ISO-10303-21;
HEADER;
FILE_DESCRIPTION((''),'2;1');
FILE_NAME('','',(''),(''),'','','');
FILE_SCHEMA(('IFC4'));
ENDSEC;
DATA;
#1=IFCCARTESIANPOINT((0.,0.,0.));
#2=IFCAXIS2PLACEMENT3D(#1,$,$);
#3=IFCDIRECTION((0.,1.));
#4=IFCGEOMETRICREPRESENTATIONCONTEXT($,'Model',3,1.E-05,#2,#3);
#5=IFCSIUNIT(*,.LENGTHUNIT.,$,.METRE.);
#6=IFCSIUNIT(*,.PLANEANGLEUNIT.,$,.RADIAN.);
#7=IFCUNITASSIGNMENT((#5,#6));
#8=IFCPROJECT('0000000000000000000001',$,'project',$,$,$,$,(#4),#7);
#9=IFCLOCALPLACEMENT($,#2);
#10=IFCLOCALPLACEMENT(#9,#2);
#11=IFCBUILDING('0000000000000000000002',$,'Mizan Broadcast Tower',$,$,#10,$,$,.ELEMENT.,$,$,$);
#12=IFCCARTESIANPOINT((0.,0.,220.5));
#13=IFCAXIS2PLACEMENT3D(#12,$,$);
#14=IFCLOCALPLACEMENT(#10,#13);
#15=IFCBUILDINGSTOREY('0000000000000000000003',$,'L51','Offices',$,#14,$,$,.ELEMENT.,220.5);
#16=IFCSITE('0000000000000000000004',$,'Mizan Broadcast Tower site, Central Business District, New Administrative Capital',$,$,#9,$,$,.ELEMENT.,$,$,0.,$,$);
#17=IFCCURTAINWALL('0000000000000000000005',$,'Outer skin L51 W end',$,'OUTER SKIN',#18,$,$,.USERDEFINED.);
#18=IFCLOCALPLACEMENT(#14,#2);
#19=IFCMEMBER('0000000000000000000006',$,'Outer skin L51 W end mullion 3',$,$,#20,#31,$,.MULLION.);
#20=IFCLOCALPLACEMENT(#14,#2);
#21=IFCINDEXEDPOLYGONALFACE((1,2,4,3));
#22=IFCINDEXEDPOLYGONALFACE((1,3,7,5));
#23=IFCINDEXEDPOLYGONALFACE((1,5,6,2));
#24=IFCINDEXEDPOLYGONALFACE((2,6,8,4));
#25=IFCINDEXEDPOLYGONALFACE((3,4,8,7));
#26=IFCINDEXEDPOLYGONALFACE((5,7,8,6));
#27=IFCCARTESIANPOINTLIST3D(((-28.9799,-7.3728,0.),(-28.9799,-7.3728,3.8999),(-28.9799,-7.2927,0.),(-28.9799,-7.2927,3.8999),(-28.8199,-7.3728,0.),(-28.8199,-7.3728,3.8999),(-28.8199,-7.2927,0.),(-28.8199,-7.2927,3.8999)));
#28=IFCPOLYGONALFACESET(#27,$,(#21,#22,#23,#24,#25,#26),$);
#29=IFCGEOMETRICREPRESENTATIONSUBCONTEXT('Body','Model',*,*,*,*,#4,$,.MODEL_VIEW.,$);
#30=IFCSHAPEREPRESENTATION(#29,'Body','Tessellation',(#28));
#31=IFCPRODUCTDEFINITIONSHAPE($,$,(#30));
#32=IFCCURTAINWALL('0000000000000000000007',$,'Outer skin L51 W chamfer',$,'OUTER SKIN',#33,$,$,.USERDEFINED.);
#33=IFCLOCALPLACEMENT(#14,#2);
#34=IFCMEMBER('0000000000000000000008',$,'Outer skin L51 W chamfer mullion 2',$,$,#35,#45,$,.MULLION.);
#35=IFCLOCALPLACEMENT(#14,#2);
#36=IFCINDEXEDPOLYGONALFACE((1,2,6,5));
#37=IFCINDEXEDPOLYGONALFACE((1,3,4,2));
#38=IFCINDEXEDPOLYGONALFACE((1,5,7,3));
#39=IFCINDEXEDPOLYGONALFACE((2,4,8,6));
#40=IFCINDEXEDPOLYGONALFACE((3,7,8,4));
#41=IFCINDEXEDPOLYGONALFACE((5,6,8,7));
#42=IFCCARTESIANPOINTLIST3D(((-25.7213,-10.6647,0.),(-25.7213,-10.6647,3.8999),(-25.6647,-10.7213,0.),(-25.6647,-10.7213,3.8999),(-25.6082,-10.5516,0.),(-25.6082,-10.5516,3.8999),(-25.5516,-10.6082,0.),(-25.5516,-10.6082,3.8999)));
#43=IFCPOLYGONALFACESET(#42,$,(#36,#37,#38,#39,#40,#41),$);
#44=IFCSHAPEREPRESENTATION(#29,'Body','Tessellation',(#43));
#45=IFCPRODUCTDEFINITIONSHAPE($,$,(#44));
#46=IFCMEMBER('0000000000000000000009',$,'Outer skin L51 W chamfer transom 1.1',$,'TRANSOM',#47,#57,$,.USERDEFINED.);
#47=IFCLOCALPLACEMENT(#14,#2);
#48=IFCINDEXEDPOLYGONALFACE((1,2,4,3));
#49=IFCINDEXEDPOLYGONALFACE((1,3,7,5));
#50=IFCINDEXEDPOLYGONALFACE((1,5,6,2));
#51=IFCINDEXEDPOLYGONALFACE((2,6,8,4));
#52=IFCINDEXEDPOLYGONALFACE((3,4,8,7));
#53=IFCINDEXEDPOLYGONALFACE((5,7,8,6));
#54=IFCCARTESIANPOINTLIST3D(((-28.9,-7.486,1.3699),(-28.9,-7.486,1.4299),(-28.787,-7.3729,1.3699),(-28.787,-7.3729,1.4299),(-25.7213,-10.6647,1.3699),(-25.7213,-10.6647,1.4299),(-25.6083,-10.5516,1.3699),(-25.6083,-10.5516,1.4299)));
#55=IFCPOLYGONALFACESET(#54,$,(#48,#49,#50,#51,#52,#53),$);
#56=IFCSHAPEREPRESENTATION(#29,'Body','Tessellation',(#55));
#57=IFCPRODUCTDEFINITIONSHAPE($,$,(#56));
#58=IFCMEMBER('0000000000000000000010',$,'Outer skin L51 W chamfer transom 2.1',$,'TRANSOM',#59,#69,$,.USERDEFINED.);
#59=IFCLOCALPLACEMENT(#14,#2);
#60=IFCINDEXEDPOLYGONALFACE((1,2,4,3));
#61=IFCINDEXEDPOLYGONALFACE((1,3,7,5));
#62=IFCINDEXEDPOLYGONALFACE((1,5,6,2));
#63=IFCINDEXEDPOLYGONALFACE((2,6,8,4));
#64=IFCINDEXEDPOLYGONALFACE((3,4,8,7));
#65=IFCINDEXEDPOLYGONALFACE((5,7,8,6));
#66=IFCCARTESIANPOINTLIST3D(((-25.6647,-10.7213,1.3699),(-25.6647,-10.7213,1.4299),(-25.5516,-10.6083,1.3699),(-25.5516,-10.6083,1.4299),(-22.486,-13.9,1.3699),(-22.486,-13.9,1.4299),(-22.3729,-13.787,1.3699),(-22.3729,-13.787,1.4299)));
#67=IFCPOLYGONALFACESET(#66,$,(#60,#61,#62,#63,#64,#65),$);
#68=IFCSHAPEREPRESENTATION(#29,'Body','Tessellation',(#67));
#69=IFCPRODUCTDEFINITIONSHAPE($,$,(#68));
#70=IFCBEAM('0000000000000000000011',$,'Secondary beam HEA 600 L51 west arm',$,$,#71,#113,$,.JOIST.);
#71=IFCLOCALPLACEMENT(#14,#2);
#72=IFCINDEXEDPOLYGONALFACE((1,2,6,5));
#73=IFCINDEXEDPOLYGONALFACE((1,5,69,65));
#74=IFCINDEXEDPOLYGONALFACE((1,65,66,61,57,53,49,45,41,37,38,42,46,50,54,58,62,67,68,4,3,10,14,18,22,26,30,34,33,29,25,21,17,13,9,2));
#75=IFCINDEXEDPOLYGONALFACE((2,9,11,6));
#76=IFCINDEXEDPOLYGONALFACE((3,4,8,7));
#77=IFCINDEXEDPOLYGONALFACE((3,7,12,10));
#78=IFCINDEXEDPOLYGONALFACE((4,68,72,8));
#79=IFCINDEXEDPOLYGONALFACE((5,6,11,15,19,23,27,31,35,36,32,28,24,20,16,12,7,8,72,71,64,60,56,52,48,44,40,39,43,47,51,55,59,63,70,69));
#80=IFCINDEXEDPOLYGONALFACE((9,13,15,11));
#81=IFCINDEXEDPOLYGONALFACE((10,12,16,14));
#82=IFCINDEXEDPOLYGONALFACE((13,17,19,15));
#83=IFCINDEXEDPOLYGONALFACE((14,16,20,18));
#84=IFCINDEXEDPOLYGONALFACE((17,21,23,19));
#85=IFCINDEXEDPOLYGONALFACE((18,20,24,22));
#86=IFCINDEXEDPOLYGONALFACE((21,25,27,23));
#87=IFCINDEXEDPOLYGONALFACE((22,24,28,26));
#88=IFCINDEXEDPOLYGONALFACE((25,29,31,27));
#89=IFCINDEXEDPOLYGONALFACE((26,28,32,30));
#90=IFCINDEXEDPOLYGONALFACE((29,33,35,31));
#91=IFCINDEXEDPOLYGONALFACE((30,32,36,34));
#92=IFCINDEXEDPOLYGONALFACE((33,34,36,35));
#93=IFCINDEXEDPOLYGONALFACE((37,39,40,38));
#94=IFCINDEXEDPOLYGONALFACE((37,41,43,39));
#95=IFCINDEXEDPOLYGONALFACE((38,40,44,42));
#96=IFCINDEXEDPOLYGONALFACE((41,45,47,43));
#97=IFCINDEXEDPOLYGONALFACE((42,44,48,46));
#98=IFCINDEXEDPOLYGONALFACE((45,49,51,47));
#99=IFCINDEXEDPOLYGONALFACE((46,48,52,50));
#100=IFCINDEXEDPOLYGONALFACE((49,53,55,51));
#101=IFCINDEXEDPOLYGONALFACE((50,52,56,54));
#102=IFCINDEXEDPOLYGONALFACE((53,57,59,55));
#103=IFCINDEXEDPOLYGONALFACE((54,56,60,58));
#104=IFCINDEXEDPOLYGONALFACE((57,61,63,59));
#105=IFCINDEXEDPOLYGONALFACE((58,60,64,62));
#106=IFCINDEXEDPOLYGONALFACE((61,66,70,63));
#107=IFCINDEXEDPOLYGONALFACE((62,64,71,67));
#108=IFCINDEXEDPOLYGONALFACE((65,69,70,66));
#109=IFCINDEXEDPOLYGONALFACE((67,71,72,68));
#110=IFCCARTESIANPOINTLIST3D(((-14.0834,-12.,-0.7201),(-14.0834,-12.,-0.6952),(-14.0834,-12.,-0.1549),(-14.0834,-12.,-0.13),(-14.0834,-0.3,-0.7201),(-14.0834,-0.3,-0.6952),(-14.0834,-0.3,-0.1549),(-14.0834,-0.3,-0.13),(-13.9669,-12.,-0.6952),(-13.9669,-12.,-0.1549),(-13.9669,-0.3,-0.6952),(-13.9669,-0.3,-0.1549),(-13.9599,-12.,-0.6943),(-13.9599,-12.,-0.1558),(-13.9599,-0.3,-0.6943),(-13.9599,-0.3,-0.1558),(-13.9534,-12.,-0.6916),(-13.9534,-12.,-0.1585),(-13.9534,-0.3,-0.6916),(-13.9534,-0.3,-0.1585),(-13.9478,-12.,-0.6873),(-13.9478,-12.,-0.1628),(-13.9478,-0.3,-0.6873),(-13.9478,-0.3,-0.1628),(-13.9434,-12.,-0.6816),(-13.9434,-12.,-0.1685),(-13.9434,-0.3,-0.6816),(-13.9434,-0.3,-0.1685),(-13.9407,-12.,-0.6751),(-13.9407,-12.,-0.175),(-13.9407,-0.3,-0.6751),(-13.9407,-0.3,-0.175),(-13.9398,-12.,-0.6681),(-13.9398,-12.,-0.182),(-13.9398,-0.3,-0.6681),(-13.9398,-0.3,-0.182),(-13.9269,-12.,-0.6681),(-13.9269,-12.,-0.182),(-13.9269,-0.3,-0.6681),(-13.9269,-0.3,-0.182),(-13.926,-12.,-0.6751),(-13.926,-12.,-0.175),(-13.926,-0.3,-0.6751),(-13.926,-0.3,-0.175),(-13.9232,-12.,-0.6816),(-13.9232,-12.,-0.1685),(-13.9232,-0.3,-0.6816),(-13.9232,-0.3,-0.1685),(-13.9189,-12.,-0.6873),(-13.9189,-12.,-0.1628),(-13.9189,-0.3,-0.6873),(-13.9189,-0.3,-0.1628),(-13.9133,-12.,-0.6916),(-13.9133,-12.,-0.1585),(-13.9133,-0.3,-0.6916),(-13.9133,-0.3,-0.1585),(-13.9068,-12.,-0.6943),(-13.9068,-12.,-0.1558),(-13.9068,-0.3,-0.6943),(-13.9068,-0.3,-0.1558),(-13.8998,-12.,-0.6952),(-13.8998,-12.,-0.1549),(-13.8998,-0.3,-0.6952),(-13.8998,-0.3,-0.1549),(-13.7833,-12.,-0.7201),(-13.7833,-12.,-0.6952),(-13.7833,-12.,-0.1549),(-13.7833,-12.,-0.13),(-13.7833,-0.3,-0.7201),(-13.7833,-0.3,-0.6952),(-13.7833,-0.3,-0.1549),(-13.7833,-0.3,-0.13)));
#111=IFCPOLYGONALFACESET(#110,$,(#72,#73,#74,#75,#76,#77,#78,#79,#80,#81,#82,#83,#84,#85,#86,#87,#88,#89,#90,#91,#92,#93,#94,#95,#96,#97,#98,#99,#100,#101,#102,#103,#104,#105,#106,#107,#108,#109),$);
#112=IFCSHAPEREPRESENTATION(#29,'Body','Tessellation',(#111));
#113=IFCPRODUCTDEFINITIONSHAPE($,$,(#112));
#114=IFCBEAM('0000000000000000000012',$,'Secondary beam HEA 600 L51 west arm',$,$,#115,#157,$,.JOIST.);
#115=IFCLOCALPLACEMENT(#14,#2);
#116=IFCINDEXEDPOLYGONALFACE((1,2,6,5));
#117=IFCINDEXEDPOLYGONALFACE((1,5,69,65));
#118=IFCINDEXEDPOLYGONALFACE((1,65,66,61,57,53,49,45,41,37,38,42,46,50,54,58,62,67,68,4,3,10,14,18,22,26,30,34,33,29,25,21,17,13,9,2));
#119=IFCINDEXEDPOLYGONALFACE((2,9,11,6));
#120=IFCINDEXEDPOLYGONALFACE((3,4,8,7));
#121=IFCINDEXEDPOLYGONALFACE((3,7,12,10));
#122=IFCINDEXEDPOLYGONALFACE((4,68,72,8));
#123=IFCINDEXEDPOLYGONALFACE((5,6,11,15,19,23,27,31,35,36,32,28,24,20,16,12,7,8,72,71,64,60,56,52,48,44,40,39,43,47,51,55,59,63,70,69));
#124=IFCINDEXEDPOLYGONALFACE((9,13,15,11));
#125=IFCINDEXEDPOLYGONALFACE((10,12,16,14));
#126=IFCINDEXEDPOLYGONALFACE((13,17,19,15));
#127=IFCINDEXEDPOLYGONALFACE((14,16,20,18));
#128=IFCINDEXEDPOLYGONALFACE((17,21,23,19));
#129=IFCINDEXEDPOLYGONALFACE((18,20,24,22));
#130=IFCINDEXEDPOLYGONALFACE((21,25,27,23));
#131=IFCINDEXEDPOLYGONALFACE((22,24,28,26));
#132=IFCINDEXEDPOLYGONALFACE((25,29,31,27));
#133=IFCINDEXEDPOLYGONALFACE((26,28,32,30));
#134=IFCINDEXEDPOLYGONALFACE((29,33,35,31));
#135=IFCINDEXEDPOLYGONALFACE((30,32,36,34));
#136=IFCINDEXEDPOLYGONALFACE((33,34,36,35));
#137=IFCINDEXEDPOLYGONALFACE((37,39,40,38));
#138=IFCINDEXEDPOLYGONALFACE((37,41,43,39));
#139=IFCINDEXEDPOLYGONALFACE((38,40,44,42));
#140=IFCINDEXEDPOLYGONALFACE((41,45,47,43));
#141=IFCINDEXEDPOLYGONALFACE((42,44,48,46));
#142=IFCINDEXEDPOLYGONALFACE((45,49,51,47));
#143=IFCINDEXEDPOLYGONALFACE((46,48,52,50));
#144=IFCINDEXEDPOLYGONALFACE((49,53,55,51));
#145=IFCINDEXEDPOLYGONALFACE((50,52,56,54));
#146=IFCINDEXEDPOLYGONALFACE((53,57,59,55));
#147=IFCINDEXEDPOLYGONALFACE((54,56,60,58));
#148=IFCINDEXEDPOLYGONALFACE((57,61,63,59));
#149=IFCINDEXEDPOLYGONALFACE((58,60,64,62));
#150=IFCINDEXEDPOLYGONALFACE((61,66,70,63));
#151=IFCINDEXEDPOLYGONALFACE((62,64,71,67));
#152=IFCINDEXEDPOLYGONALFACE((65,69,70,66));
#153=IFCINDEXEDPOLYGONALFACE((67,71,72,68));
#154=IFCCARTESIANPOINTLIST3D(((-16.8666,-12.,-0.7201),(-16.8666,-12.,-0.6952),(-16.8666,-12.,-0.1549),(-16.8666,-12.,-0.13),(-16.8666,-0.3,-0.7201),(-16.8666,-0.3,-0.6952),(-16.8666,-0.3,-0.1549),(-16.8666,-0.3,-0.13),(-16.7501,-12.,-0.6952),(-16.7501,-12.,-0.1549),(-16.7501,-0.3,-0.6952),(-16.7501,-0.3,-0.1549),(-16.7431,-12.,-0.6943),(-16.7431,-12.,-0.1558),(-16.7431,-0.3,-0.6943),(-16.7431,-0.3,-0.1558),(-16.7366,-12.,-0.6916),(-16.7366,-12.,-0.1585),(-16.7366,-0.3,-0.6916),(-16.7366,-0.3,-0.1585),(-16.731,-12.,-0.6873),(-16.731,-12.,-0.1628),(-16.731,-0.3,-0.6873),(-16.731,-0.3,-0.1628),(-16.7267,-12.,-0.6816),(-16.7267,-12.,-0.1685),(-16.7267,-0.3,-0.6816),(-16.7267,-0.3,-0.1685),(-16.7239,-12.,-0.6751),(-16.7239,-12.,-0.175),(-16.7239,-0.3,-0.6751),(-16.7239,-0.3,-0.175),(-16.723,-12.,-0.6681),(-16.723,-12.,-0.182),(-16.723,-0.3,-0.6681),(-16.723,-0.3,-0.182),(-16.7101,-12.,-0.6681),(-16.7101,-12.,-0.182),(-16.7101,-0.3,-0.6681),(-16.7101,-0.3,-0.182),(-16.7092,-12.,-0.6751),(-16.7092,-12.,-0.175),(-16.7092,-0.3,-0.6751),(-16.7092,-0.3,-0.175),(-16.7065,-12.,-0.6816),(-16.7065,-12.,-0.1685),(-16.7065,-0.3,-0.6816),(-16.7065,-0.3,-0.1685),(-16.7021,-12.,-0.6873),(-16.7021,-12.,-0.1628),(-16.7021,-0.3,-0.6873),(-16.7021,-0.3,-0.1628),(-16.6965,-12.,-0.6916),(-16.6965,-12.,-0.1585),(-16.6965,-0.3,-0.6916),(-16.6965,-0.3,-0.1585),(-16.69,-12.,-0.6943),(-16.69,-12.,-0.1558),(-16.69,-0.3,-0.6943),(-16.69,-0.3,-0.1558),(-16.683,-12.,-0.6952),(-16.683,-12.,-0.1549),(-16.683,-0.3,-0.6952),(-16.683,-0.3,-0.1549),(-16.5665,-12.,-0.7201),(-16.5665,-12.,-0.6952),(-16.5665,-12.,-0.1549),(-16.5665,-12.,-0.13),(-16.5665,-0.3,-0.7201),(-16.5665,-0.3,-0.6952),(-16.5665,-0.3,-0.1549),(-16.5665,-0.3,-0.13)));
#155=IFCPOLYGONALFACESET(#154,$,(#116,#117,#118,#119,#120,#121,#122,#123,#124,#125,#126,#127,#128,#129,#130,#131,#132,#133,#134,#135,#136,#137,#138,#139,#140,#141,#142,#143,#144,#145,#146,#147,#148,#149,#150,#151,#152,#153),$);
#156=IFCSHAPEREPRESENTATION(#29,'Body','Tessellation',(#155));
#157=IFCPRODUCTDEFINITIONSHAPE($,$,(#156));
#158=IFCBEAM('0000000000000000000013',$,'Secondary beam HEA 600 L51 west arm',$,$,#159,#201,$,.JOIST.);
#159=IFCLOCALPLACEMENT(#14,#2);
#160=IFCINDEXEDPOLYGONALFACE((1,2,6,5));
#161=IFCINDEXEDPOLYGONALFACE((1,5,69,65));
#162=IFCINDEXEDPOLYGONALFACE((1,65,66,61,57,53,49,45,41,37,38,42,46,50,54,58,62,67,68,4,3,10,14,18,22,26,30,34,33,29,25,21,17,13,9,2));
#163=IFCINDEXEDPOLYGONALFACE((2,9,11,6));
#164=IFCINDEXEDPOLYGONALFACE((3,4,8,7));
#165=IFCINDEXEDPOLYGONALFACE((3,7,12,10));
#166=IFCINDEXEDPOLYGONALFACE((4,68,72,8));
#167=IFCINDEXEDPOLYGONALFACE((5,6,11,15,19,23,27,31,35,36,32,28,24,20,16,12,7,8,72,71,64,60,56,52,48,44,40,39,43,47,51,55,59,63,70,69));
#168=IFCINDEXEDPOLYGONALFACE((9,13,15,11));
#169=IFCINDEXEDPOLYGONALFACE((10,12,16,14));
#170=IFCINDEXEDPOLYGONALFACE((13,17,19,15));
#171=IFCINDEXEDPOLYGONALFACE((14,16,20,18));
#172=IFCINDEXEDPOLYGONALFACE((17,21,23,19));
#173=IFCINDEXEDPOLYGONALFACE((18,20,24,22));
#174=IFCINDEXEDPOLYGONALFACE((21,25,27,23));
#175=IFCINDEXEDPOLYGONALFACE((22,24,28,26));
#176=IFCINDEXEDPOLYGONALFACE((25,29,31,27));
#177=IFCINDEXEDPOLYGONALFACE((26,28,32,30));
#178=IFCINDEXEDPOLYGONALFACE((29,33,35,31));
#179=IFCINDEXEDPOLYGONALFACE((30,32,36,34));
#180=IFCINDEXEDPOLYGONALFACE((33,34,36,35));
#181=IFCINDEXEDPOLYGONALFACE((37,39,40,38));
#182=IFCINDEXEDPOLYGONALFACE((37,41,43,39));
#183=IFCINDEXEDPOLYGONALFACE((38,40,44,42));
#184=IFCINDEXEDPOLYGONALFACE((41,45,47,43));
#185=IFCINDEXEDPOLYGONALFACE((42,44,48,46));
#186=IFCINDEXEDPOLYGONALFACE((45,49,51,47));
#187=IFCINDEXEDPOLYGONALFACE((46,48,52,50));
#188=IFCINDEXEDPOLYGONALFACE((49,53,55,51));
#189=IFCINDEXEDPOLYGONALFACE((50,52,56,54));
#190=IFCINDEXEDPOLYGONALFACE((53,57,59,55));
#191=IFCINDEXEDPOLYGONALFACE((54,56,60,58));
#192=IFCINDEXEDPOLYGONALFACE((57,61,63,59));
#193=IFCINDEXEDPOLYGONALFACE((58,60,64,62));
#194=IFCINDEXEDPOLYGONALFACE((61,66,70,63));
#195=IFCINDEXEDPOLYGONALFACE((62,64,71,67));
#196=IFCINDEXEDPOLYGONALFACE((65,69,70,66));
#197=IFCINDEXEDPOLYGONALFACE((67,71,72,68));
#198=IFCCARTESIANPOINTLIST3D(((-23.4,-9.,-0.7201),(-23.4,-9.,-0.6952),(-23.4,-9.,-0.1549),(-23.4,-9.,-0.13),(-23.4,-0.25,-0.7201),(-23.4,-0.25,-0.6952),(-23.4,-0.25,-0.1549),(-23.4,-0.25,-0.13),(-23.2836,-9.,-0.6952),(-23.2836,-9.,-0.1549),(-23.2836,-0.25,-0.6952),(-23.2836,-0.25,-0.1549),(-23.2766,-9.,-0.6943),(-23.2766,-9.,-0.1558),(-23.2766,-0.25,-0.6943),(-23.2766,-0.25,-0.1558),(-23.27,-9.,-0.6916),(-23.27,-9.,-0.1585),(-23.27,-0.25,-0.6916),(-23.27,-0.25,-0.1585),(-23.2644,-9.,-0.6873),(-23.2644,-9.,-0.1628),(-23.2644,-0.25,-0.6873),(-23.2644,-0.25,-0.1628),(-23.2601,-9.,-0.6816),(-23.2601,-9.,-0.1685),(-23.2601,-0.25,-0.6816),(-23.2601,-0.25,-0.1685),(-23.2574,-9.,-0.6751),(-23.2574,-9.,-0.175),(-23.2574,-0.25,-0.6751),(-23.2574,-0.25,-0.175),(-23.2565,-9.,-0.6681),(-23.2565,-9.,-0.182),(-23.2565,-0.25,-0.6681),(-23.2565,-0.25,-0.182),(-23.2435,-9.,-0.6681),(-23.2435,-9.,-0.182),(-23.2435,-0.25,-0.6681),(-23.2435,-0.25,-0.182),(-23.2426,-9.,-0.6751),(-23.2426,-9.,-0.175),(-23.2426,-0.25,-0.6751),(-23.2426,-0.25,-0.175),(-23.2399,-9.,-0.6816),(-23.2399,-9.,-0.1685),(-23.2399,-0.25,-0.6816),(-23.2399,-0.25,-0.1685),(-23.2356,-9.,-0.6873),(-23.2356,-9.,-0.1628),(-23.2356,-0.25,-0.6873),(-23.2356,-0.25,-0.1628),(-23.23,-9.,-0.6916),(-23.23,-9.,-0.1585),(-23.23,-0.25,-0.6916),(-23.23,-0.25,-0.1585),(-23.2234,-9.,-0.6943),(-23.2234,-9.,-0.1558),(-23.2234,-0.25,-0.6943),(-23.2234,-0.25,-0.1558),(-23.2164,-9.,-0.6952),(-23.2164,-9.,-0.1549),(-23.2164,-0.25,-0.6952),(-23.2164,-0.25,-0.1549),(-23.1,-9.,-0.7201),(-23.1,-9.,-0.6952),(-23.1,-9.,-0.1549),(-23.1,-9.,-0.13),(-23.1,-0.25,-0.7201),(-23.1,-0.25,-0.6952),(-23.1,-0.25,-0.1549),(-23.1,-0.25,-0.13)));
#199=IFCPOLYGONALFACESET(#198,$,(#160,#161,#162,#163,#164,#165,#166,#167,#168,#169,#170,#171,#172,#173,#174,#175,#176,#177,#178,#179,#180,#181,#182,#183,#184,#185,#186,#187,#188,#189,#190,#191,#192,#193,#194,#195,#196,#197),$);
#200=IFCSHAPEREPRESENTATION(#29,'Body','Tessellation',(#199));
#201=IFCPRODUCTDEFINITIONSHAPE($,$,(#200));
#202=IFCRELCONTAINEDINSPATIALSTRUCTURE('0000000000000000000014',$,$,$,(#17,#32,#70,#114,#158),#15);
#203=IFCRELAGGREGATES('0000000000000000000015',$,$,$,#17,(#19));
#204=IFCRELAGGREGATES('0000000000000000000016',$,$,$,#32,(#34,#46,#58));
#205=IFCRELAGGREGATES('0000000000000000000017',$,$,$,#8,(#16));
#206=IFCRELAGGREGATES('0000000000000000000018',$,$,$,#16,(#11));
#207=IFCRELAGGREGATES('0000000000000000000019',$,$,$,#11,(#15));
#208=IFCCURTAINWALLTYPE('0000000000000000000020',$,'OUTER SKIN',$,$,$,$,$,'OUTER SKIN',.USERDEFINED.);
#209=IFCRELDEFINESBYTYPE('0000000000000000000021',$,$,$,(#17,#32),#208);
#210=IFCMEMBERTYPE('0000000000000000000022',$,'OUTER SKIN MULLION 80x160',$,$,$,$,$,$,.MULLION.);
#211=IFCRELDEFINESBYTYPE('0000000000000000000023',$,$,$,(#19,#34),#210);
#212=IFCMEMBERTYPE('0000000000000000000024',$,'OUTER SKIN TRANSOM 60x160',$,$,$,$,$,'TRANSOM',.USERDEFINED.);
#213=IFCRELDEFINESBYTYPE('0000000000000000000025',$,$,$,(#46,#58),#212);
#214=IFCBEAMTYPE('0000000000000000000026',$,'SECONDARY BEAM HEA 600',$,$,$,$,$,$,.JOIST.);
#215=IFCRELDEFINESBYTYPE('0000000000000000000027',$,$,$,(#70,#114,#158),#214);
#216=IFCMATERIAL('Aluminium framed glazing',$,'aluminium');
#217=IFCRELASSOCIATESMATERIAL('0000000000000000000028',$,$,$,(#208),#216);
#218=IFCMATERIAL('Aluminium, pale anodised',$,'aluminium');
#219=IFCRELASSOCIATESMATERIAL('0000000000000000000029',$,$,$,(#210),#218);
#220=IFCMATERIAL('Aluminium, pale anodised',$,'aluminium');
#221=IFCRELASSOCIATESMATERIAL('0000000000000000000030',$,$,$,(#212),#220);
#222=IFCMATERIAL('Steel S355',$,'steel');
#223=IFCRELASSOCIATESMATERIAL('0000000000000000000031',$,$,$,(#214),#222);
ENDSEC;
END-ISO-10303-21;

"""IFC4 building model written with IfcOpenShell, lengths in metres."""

from ifc_helpers import new_model, si_unit, direction, frame, origin, origin_2d, place, context, subcontext, project, spatial, rectangle, i_section, extrude, material, material_profile, profile_set, type_object, element, aggregate, save


model = new_model("IFC4")

# Units and contexts
model_context = context("Model", 3, precision=1e-05, world=origin(), true_north=direction((0.0, 1.0)))
body_context = subcontext(model_context, "Body", "Model", "MODEL_VIEW")
ifc_project = project(units=[si_unit("LENGTHUNIT", "METRE"), si_unit("PLANEANGLEUNIT", "RADIAN")], contexts=[model_context])

# Site, building, storey
site_placement = place(None, origin())
site = spatial("IfcSite", under=ifc_project, at=site_placement, Name="Mizan Broadcast Tower site, Central Business District, New Administrative Capital", CompositionType="ELEMENT", RefElevation=0.0)
building_placement = place(site_placement, origin())
building = spatial("IfcBuilding", under=site, at=building_placement, Name="Mizan Broadcast Tower", CompositionType="ELEMENT")
storey_placement = place(building_placement, frame((0.0, 0.0, 220.5)))
storey = spatial("IfcBuildingStorey", under=building, at=storey_placement, Name="L51", Description="Offices", CompositionType="ELEMENT", Elevation=220.5)

# Curtain wall, member
ifc_material_1 = material(Name="Aluminium framed glazing", Category="aluminium")
curtain_wall_type_1 = type_object("IfcCurtainWallType", Name="OUTER SKIN", ElementType="OUTER SKIN", PredefinedType="USERDEFINED", material=ifc_material_1)
curtain_wall_1_placement = place(storey_placement, origin())
curtain_wall_1 = element("IfcCurtainWall", 1, at=curtain_wall_1_placement, inside=storey, type_object=curtain_wall_type_1, Name="Outer skin L51 W end", ObjectType="OUTER SKIN", PredefinedType="USERDEFINED")
ifc_material_2 = material(Name="Aluminium, pale anodised", Category="aluminium")
ifc_material_profile_1 = material_profile(ifc_material_2, rectangle(XDim=0.1599, YDim=0.0801, at=origin_2d()), Name="MULLION 160x80")
ifc_profile_set_1 = profile_set([ifc_material_profile_1], Name="Aluminium, pale anodised")
member_type_1 = type_object("IfcMemberType", Name="OUTER SKIN MULLION 80x160", PredefinedType="MULLION", material=ifc_profile_set_1)
member_1_placement = place(storey_placement, frame((-28.8999, -7.3328, 0.0), z_axis=(0.0, 0.0, 1.0), x_axis=(1.0, 0.0, 0.0)))
member_1 = element("IfcMember", 2, at=member_1_placement, type_object=member_type_1, Name="Outer skin L51 W end mullion 3", PredefinedType="MULLION", context=body_context, shape_type="SweptSolid", body=[
    extrude(rectangle(XDim=0.1599, YDim=0.0801, at=origin_2d()), origin(), (0.0, 0.0, 1.0), 3.8999),
])

# Curtain wall, members
curtain_wall_2_placement = place(storey_placement, origin())
curtain_wall_2 = element("IfcCurtainWall", 3, at=curtain_wall_2_placement, inside=storey, type_object=curtain_wall_type_1, Name="Outer skin L51 W chamfer", ObjectType="OUTER SKIN", PredefinedType="USERDEFINED")
member_2_placement = place(storey_placement, frame((-25.6365, -10.6365, 0.0), z_axis=(0.0, 0.0, 1.0), x_axis=(0.707107, 0.707107, 0.0)))
member_2 = element("IfcMember", 4, at=member_2_placement, type_object=member_type_1, Name="Outer skin L51 W chamfer mullion 2", PredefinedType="MULLION", context=body_context, shape_type="SweptSolid", body=[
    extrude(rectangle(XDim=0.1599, YDim=0.0801, at=origin_2d()), origin(), (0.0, 0.0, 1.0), 3.8999),
])
ifc_material_3 = material(Name="Aluminium, pale anodised", Category="aluminium")
ifc_material_profile_2 = material_profile(ifc_material_3, rectangle(XDim=0.1599, YDim=0.0601, at=origin_2d()), Name="TRANSOM 160x60")
ifc_profile_set_2 = profile_set([ifc_material_profile_2], Name="Aluminium, pale anodised")
member_type_2 = type_object("IfcMemberType", Name="OUTER SKIN TRANSOM 60x160", ElementType="TRANSOM", PredefinedType="USERDEFINED", material=ifc_profile_set_2)
member_3_placement = place(storey_placement, frame((-28.8435, -7.4294, 1.3999), z_axis=(0.707107, -0.707107, 0.0), x_axis=(0.707107, 0.707107, 0.0)))
member_3 = element("IfcMember", 5, at=member_3_placement, type_object=member_type_2, Name="Outer skin L51 W chamfer transom 1.1", ObjectType="TRANSOM", PredefinedType="USERDEFINED", context=body_context, shape_type="SweptSolid", body=[
    extrude(rectangle(XDim=0.1599, YDim=0.0601, at=origin_2d()), origin(), (0.0, 0.0, 1.0), 4.4954),
])
member_4_placement = place(storey_placement, frame((-25.6082, -10.6648, 1.3999), z_axis=(0.707107, -0.707107, 0.0), x_axis=(0.707107, 0.707107, 0.0)))
member_4 = element("IfcMember", 6, at=member_4_placement, type_object=member_type_2, Name="Outer skin L51 W chamfer transom 2.1", ObjectType="TRANSOM", PredefinedType="USERDEFINED", context=body_context, shape_type="SweptSolid", body=[
    extrude(rectangle(XDim=0.1599, YDim=0.0601, at=origin_2d()), origin(), (0.0, 0.0, 1.0), 4.4954),
])

# Beams
ifc_material_4 = material(Name="Steel S355", Category="steel")
ifc_material_profile_3 = material_profile(ifc_material_4, i_section(OverallWidth=0.3, OverallDepth=0.5901, WebThickness=0.0129, FlangeThickness=0.0249, FilletRadius=0.0271, at=origin_2d()), Name="HEA 600")
ifc_profile_set_3 = profile_set([ifc_material_profile_3], Name="Steel S355")
beam_type_1 = type_object("IfcBeamType", Name="SECONDARY BEAM HEA 600", PredefinedType="JOIST", material=ifc_profile_set_3)
for number, where, z_axis, x_axis, name in (
    (7, (-13.9333, -12.0, -0.425), (0.0, 1.0, 0.0), (-1.0, 0.0, 0.0), "Secondary beam HEA 600 L51 west arm"),
    (8, (-16.7166, -12.0, -0.425), (0.0, 1.0, 0.0), (-1.0, 0.0, 0.0), "Secondary beam HEA 600 L51 west arm"),
):
    element("IfcBeam", number, at=place(storey_placement, frame(where, z_axis=z_axis, x_axis=x_axis)), inside=storey, type_object=beam_type_1, Name=name, PredefinedType="JOIST", context=body_context, shape_type="SweptSolid", body=[
        extrude(i_section(OverallWidth=0.3, OverallDepth=0.5901, WebThickness=0.0129, FlangeThickness=0.0249, FilletRadius=0.0271, at=origin_2d()), origin(), (0.0, 0.0, 1.0), 11.7),
    ])
beam_1_placement = place(storey_placement, frame((-23.25, -9.0, -0.425), z_axis=(0.0, 1.0, 0.0), x_axis=(-1.0, 0.0, 0.0)))
element("IfcBeam", 9, at=beam_1_placement, inside=storey, type_object=beam_type_1, Name="Secondary beam HEA 600 L51 west arm", PredefinedType="JOIST", context=body_context, shape_type="SweptSolid", body=[
    extrude(i_section(OverallWidth=0.3, OverallDepth=0.5901, WebThickness=0.0129, FlangeThickness=0.0249, FilletRadius=0.0271, at=origin_2d()), origin(), (0.0, 0.0, 1.0), 8.75),
])

aggregate(curtain_wall_1, [member_1])
aggregate(curtain_wall_2, [member_2, member_3, member_4])

save(model, "model.ifc")
